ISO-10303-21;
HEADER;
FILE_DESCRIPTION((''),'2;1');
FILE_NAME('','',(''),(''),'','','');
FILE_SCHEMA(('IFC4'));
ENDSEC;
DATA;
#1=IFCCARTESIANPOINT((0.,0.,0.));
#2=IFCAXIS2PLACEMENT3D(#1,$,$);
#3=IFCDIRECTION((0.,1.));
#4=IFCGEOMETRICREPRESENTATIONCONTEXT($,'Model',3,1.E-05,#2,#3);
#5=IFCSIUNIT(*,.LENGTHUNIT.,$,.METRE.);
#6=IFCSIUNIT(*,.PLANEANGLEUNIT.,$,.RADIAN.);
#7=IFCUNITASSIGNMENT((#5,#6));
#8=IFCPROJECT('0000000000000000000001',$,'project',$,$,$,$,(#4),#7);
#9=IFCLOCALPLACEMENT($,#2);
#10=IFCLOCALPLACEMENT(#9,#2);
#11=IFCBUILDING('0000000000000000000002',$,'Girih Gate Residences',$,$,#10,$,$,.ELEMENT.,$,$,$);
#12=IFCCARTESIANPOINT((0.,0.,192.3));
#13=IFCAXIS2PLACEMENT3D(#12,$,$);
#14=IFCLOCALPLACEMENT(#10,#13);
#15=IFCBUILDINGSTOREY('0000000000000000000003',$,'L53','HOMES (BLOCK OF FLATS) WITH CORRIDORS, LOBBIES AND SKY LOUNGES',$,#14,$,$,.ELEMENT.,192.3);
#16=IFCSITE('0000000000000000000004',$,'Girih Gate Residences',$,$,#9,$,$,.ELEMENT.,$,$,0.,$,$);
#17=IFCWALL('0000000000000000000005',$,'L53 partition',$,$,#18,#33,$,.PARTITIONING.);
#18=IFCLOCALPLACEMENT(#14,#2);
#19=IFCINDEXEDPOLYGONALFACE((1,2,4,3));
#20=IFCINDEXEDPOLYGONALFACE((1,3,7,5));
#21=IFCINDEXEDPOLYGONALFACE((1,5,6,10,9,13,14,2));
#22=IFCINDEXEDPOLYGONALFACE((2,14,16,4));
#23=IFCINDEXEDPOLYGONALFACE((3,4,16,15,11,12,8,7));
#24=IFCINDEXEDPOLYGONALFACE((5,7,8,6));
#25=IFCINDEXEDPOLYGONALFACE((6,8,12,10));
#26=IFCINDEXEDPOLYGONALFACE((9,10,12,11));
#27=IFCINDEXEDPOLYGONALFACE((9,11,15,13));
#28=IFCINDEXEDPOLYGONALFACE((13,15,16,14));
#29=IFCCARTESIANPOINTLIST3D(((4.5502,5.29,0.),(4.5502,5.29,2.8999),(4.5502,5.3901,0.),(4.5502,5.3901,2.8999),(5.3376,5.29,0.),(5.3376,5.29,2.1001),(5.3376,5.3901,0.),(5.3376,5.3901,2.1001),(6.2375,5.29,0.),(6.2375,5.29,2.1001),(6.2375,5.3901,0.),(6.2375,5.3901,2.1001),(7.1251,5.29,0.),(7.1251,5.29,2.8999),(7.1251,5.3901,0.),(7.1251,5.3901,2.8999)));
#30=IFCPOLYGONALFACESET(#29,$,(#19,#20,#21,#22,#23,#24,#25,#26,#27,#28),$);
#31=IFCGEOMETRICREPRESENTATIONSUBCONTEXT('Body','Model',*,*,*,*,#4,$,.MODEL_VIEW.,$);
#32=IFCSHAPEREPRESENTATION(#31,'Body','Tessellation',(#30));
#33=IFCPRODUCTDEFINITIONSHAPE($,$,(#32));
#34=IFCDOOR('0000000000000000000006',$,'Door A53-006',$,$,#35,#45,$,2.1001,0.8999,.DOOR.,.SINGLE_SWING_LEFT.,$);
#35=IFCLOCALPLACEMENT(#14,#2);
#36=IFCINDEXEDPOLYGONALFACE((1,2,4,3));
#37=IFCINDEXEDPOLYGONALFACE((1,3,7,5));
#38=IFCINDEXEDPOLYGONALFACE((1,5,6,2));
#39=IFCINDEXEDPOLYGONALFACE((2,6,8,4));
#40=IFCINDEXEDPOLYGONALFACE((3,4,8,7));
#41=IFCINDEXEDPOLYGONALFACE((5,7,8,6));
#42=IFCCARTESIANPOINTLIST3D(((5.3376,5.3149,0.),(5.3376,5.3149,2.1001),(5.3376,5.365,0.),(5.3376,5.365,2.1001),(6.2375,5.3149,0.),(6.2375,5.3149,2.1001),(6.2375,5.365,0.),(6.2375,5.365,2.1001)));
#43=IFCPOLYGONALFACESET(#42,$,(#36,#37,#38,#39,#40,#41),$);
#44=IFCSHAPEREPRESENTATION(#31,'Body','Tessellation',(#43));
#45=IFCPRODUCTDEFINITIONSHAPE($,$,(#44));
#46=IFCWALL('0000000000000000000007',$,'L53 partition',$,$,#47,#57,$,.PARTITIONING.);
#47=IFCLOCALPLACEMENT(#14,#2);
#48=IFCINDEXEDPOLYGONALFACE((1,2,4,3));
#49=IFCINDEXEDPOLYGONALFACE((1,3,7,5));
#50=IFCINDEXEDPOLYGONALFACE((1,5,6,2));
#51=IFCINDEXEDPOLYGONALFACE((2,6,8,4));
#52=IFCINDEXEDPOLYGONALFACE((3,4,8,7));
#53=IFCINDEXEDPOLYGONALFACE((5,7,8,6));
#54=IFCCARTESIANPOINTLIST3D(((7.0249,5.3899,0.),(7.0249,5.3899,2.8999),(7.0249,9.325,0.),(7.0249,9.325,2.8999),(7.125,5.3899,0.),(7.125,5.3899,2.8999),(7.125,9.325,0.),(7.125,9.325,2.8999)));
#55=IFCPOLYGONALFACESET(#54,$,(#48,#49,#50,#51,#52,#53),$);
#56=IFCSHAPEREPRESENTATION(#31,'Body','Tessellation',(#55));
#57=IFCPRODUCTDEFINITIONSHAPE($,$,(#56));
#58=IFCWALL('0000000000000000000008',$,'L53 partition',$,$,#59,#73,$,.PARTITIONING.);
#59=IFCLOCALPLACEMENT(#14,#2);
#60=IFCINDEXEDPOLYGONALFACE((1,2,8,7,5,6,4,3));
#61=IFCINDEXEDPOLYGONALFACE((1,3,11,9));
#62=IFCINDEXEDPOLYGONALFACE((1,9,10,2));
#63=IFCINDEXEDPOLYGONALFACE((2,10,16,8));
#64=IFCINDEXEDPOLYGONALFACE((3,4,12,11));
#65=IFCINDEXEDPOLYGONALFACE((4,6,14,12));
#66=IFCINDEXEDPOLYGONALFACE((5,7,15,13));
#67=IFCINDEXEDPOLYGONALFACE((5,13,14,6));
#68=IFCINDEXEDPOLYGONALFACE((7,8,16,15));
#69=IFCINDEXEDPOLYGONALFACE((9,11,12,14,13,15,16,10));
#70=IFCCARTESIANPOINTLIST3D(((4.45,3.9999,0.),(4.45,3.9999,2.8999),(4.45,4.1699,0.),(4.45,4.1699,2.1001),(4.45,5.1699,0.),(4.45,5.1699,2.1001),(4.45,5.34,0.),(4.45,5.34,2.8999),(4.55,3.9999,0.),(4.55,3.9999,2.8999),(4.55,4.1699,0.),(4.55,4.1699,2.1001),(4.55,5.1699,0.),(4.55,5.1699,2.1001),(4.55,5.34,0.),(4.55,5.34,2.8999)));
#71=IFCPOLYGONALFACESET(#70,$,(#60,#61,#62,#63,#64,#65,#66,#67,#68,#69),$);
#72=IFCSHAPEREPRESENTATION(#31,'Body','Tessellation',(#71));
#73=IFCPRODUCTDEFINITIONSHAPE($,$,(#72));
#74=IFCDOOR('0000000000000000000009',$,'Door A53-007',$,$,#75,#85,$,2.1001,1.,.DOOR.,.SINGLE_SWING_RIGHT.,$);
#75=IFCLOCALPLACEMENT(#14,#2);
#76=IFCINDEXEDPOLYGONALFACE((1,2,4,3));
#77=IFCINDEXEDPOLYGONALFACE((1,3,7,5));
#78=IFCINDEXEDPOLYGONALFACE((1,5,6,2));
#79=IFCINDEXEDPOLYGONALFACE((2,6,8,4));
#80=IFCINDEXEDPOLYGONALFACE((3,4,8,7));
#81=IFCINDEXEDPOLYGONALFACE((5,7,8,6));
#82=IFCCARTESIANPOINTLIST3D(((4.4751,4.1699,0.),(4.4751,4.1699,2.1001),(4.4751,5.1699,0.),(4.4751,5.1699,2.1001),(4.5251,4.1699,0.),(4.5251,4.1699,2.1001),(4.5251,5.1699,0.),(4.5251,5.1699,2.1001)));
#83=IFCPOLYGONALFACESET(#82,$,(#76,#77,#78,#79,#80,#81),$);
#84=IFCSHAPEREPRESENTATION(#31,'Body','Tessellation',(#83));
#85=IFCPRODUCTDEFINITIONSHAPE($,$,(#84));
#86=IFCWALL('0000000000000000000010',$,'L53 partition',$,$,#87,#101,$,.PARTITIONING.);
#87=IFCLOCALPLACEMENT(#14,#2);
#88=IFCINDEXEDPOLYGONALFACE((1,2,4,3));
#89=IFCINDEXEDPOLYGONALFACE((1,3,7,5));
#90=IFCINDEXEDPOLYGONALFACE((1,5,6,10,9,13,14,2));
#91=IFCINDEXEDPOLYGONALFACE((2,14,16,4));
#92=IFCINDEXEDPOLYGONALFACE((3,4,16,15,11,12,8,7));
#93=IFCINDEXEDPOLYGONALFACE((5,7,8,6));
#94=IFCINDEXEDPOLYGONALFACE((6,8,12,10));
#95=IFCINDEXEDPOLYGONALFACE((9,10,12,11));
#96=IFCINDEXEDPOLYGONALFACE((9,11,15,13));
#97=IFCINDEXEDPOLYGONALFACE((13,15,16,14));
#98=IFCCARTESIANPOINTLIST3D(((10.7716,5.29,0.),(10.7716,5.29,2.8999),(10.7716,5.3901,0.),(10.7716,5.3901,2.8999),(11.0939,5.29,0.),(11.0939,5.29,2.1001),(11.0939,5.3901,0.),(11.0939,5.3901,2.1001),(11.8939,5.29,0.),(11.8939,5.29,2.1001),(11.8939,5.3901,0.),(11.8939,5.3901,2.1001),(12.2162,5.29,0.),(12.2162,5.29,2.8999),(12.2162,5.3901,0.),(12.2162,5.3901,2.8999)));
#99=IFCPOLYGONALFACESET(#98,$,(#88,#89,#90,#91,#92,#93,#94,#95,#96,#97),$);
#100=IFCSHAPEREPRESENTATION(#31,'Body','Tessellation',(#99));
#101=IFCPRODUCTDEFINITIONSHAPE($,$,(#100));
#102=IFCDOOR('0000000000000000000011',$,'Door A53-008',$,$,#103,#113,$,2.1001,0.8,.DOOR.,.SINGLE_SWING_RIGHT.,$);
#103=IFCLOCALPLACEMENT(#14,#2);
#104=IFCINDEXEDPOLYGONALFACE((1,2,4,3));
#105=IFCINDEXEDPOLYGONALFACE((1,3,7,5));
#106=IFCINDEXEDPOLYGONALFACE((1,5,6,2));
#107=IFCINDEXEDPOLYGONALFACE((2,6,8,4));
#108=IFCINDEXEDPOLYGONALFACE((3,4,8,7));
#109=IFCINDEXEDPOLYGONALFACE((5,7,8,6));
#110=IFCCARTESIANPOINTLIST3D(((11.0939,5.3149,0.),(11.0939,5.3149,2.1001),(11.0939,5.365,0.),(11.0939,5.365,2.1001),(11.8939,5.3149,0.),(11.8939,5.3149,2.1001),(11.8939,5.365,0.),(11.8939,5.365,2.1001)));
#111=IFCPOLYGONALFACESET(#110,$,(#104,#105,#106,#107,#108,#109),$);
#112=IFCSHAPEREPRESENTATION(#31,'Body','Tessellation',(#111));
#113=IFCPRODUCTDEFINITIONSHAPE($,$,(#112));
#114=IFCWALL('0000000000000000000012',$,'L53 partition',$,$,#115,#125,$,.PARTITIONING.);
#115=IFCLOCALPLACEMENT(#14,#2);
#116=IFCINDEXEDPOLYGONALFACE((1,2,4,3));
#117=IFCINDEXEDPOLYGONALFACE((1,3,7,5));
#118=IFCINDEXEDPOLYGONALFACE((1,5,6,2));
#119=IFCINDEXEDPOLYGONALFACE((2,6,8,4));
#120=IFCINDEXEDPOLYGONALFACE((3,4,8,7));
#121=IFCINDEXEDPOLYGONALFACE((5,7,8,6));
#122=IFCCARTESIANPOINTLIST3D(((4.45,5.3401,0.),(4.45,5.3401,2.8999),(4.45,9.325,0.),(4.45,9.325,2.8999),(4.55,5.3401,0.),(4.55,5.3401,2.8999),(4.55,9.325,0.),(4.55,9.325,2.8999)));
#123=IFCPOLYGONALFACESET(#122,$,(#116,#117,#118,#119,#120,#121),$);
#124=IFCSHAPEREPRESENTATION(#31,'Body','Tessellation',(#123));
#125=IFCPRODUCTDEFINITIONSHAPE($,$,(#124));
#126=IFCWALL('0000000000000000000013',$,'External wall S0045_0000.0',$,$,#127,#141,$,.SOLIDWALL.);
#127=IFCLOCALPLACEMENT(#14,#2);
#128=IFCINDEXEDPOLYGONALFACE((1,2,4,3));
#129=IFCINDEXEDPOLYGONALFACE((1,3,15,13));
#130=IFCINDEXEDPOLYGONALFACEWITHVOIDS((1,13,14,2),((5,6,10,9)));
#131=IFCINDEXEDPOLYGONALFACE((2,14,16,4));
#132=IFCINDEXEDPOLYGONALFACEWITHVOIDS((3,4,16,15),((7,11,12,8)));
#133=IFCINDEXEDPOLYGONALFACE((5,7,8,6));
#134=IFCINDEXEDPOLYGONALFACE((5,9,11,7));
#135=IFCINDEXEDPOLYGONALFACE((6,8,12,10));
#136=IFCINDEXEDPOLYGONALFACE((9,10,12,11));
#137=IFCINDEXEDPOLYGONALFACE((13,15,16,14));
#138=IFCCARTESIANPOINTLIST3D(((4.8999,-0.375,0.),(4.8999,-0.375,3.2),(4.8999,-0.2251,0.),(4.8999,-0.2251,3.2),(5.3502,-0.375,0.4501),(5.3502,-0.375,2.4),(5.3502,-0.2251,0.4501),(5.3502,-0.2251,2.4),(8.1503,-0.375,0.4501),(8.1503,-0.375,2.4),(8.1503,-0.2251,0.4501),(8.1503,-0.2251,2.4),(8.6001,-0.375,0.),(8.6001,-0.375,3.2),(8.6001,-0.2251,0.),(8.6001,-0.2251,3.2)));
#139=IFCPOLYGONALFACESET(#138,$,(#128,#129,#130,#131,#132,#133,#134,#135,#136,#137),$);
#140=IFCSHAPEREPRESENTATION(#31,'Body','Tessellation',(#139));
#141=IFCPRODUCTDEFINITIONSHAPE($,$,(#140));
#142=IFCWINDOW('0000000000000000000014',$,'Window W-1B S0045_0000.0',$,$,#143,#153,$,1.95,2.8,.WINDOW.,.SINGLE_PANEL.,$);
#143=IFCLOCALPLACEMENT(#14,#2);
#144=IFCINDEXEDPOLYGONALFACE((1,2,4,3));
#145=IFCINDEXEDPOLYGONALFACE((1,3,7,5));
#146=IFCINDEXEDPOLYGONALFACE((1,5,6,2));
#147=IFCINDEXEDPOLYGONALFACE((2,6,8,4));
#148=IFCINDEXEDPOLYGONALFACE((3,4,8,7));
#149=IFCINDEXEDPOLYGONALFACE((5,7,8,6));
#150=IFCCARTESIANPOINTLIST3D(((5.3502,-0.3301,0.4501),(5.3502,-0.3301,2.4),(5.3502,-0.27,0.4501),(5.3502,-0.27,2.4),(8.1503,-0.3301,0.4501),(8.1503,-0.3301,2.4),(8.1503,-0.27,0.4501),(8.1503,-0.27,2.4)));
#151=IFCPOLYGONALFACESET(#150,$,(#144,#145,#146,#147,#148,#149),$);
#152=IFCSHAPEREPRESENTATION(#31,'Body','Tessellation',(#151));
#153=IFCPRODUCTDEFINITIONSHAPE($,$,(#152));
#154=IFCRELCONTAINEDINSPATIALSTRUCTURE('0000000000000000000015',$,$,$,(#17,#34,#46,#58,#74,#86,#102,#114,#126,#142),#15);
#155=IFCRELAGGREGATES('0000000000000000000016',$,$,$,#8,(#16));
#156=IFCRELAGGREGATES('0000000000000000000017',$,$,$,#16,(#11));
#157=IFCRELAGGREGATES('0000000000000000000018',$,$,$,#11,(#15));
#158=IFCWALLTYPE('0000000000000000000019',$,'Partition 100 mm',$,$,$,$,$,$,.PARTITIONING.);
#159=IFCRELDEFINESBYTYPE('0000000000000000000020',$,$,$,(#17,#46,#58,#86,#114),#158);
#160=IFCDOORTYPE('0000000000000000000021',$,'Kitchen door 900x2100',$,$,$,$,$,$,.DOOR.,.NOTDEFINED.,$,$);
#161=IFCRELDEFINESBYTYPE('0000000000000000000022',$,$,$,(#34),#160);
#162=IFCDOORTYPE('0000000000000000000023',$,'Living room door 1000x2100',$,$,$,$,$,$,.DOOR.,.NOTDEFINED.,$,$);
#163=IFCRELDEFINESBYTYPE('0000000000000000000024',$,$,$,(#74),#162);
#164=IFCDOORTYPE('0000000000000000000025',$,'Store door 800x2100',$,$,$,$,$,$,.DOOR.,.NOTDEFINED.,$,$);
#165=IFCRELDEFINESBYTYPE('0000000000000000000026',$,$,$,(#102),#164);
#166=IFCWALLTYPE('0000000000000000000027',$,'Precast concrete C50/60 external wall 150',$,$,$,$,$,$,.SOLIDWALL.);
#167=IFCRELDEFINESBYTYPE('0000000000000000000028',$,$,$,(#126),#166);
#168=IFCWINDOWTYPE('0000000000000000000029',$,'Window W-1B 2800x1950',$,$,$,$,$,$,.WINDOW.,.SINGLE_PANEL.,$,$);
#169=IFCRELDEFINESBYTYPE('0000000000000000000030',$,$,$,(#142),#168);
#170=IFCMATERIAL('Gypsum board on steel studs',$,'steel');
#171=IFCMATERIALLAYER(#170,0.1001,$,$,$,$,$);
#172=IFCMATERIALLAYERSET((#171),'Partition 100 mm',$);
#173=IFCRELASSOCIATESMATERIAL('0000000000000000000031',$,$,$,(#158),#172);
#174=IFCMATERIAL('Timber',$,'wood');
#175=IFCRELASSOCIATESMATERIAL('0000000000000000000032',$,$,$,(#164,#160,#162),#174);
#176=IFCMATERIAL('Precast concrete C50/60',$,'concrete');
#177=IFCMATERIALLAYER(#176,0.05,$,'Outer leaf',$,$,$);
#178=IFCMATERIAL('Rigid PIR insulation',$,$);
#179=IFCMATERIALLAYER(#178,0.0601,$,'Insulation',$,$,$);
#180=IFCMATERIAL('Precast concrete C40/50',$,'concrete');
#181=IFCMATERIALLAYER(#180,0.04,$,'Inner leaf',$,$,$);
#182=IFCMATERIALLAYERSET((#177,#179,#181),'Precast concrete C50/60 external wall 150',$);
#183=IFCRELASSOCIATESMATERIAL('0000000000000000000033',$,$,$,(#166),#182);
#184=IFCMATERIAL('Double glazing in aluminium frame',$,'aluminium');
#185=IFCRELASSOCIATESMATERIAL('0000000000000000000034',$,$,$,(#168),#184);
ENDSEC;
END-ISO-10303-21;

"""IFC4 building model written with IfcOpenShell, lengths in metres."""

from ifc_helpers import new_model, si_unit, direction, frame, frame_2d, origin, place, context, subcontext, project, spatial, rectangle, extrude, material, layer, layer_set, type_object, element, fill, save


model = new_model("IFC4")

# Units and contexts
model_context = context("Model", 3, precision=1e-05, world=origin(), true_north=direction((0.0, 1.0)))
body_context = subcontext(model_context, "Body", "Model", "MODEL_VIEW")
ifc_project = project(units=[si_unit("LENGTHUNIT", "METRE"), si_unit("PLANEANGLEUNIT", "RADIAN")], contexts=[model_context])

# Site, building, storey
site_placement = place(None, origin())
site = spatial("IfcSite", under=ifc_project, at=site_placement, Name="Girih Gate Residences", CompositionType="ELEMENT", RefElevation=0.0)
building_placement = place(site_placement, origin())
building = spatial("IfcBuilding", under=site, at=building_placement, Name="Girih Gate Residences", CompositionType="ELEMENT")
storey_placement = place(building_placement, frame((0.0, 0.0, 192.3)))
storey = spatial("IfcBuildingStorey", under=building, at=storey_placement, Name="L53", Description="HOMES (BLOCK OF FLATS) WITH CORRIDORS, LOBBIES AND SKY LOUNGES", CompositionType="ELEMENT", Elevation=192.3)

# Shared definitions
ifc_material_1 = material(Name="Gypsum board on steel studs", Category="steel")
ifc_layer_1 = layer(ifc_material_1, 0.1001)
ifc_layer_set_1 = layer_set([ifc_layer_1], Name="Partition 100 mm")
wall_type_1 = type_object("IfcWallType", Name="Partition 100 mm", PredefinedType="PARTITIONING", material=ifc_layer_set_1)

# Shared definitions
ifc_material_2 = material(Name="Timber", Category="wood")

# Shared definitions
door_type_1 = type_object("IfcDoorType", Name="Store door 800x2100", OperationType="NOTDEFINED", PredefinedType="DOOR", material=ifc_material_2)

# Wall, opening, door
wall_1_placement = place(storey_placement, frame((4.55, 5.3401, 0.0), z_axis=(0.0, 0.0, 1.0), x_axis=(1.0, 0.0, 0.0)))
wall_1 = element("IfcWall", 1, at=wall_1_placement, inside=storey, type_object=wall_type_1, Name="L53 partition", PredefinedType="PARTITIONING", context=body_context, shape_type="SweptSolid", body=[
    extrude(rectangle(XDim=2.575, YDim=0.1001, at=frame_2d((1.2876, 0.0))), origin(), (0.0, 0.0, 1.0), 2.8999),
])
opening_1_placement = place(wall_1_placement, frame((0.7876, 0.0, 0.0)))
opening_1 = element("IfcOpeningElement", 2, at=opening_1_placement, cuts=wall_1, PredefinedType="OPENING", context=body_context, shape_type="SweptSolid", body=[
    extrude(rectangle(XDim=0.8999, YDim=2.1001, at=frame_2d((0.45, 1.05))), frame((0.0, 0.0601, 0.0), z_axis=(0.0, -1.0, 0.0), x_axis=(1.0, 0.0, 0.0)), (0.0, 0.0, 1.0), 0.1201),
])
door_type_2 = type_object("IfcDoorType", Name="Kitchen door 900x2100", OperationType="NOTDEFINED", PredefinedType="DOOR", material=ifc_material_2)
door_1_placement = place(opening_1_placement, origin())
door_1 = element("IfcDoor", 3, at=door_1_placement, inside=storey, type_object=door_type_2, Name="Door A53-006", OperationType="SINGLE_SWING_LEFT", OverallHeight=2.1001, OverallWidth=0.8999, PredefinedType="DOOR", context=body_context, shape_type="SweptSolid", body=[
    extrude(rectangle(XDim=0.8999, YDim=2.1001, at=frame_2d((0.45, 1.05))), frame((0.0, 0.0249, 0.0), z_axis=(0.0, -1.0, 0.0), x_axis=(1.0, 0.0, 0.0)), (0.0, 0.0, 1.0), 0.05),
])
fill(opening_1, door_1)

# Wall
wall_2_placement = place(storey_placement, frame((7.075, 5.3899, 0.0), z_axis=(0.0, 0.0, 1.0), x_axis=(0.0, 1.0, 0.0)))
element("IfcWall", 4, at=wall_2_placement, inside=storey, type_object=wall_type_1, Name="L53 partition", PredefinedType="PARTITIONING", context=body_context, shape_type="SweptSolid", body=[
    extrude(rectangle(XDim=3.9351, YDim=0.1001, at=frame_2d((1.9675, 0.0))), origin(), (0.0, 0.0, 1.0), 2.8999),
])

# Walls, openings, doors
wall_3_placement = place(storey_placement, frame((4.5, 4.0, 0.0), z_axis=(0.0, 0.0, 1.0), x_axis=(0.0, 1.0, 0.0)))
wall_3 = element("IfcWall", 5, at=wall_3_placement, inside=storey, type_object=wall_type_1, Name="L53 partition", PredefinedType="PARTITIONING", context=body_context, shape_type="SweptSolid", body=[
    extrude(rectangle(XDim=1.3401, YDim=0.1001, at=frame_2d((0.6699, 0.0))), origin(), (0.0, 0.0, 1.0), 2.8999),
])
opening_2_placement = place(wall_3_placement, frame((0.1699, 0.0, 0.0)))
opening_2 = element("IfcOpeningElement", 6, at=opening_2_placement, cuts=wall_3, PredefinedType="OPENING", context=body_context, shape_type="SweptSolid", body=[
    extrude(rectangle(XDim=1.0, YDim=2.1001, at=frame_2d((0.5, 1.05))), frame((0.0, 0.0601, 0.0), z_axis=(0.0, -1.0, 0.0), x_axis=(1.0, 0.0, 0.0)), (0.0, 0.0, 1.0), 0.1201),
])
door_type_3 = type_object("IfcDoorType", Name="Living room door 1000x2100", OperationType="NOTDEFINED", PredefinedType="DOOR", material=ifc_material_2)
door_2_placement = place(opening_2_placement, origin())
door_2 = element("IfcDoor", 7, at=door_2_placement, inside=storey, type_object=door_type_3, Name="Door A53-007", OperationType="SINGLE_SWING_RIGHT", OverallHeight=2.1001, OverallWidth=1.0, PredefinedType="DOOR", context=body_context, shape_type="SweptSolid", body=[
    extrude(rectangle(XDim=1.0, YDim=2.1001, at=frame_2d((0.5, 1.05))), frame((0.0, 0.0249, 0.0), z_axis=(0.0, -1.0, 0.0), x_axis=(1.0, 0.0, 0.0)), (0.0, 0.0, 1.0), 0.05),
])
fill(opening_2, door_2)
wall_4_placement = place(storey_placement, frame((10.7717, 5.3401, 0.0), z_axis=(0.0, 0.0, 1.0), x_axis=(1.0, 0.0, 0.0)))
wall_4 = element("IfcWall", 8, at=wall_4_placement, inside=storey, type_object=wall_type_1, Name="L53 partition", PredefinedType="PARTITIONING", context=body_context, shape_type="SweptSolid", body=[
    extrude(rectangle(XDim=1.4446, YDim=0.1001, at=frame_2d((0.7222, 0.0))), origin(), (0.0, 0.0, 1.0), 2.8999),
])
opening_3_placement = place(wall_4_placement, frame((0.3223, 0.0, 0.0)))
opening_3 = element("IfcOpeningElement", 9, at=opening_3_placement, cuts=wall_4, PredefinedType="OPENING", context=body_context, shape_type="SweptSolid", body=[
    extrude(rectangle(XDim=0.8, YDim=2.1001, at=frame_2d((0.3999, 1.05))), frame((0.0, 0.0601, 0.0), z_axis=(0.0, -1.0, 0.0), x_axis=(1.0, 0.0, 0.0)), (0.0, 0.0, 1.0), 0.1201),
])
door_3_placement = place(opening_3_placement, origin())
door_3 = element("IfcDoor", 10, at=door_3_placement, inside=storey, type_object=door_type_1, Name="Door A53-008", OperationType="SINGLE_SWING_RIGHT", OverallHeight=2.1001, OverallWidth=0.8, PredefinedType="DOOR", context=body_context, shape_type="SweptSolid", body=[
    extrude(rectangle(XDim=0.8, YDim=2.1001, at=frame_2d((0.3999, 1.05))), frame((0.0, 0.0249, 0.0), z_axis=(0.0, -1.0, 0.0), x_axis=(1.0, 0.0, 0.0)), (0.0, 0.0, 1.0), 0.05),
])
fill(opening_3, door_3)

# Wall
wall_5_placement = place(storey_placement, frame((4.5, 5.3401, 0.0), z_axis=(0.0, 0.0, 1.0), x_axis=(0.0, 1.0, 0.0)))
element("IfcWall", 11, at=wall_5_placement, inside=storey, type_object=wall_type_1, Name="L53 partition", PredefinedType="PARTITIONING", context=body_context, shape_type="SweptSolid", body=[
    extrude(rectangle(XDim=3.9849, YDim=0.1001, at=frame_2d((1.9924, 0.0))), origin(), (0.0, 0.0, 1.0), 2.8999),
])

# Wall, opening, window
ifc_material_3 = material(Name="Precast concrete C50/60", Category="concrete")
ifc_layer_2 = layer(ifc_material_3, 0.05, Name="Outer leaf")
ifc_material_4 = material(Name="Rigid PIR insulation")
ifc_layer_3 = layer(ifc_material_4, 0.0601, Name="Insulation")
ifc_material_5 = material(Name="Precast concrete C40/50", Category="concrete")
ifc_layer_4 = layer(ifc_material_5, 0.04, Name="Inner leaf")
ifc_layer_set_2 = layer_set([ifc_layer_2, ifc_layer_3, ifc_layer_4], Name="Precast concrete C50/60 external wall 150")
wall_type_2 = type_object("IfcWallType", Name="Precast concrete C50/60 external wall 150", PredefinedType="SOLIDWALL", material=ifc_layer_set_2)
wall_6_placement = place(storey_placement, frame((8.6001, -0.3, 0.0), z_axis=(0.0, 0.0, 1.0), x_axis=(-1.0, 0.0, 0.0)))
wall_6 = element("IfcWall", 12, at=wall_6_placement, inside=storey, type_object=wall_type_2, Name="External wall S0045_0000.0", PredefinedType="SOLIDWALL", context=body_context, shape_type="SweptSolid", body=[
    extrude(rectangle(XDim=3.7002, YDim=0.1499, at=frame_2d((1.8501, 0.0))), origin(), (0.0, 0.0, 1.0), 3.2),
])
opening_4_placement = place(wall_6_placement, frame((0.45, 0.0, 0.45)))
opening_4 = element("IfcOpeningElement", 13, at=opening_4_placement, cuts=wall_6, PredefinedType="OPENING", context=body_context, shape_type="SweptSolid", body=[
    extrude(rectangle(XDim=2.8, YDim=1.95, at=frame_2d((1.3999, 0.9751))), frame((0.0, 0.085, 0.0), z_axis=(0.0, -1.0, 0.0), x_axis=(1.0, 0.0, 0.0)), (0.0, 0.0, 1.0), 0.1699),
])
ifc_material_6 = material(Name="Double glazing in aluminium frame", Category="aluminium")
window_type = type_object("IfcWindowType", Name="Window W-1B 2800x1950", PartitioningType="SINGLE_PANEL", PredefinedType="WINDOW", material=ifc_material_6)
window_1_placement = place(opening_4_placement, origin())
window_1 = element("IfcWindow", 14, at=window_1_placement, inside=storey, type_object=window_type, Name="Window W-1B S0045_0000.0", OverallHeight=1.95, OverallWidth=2.8, PartitioningType="SINGLE_PANEL", PredefinedType="WINDOW", context=body_context, shape_type="SweptSolid", body=[
    extrude(rectangle(XDim=2.8, YDim=1.95, at=frame_2d((1.3999, 0.9751))), frame((0.0, 0.03, 0.0), z_axis=(0.0, -1.0, 0.0), x_axis=(1.0, 0.0, 0.0)), (0.0, 0.0, 1.0), 0.0601),
])
fill(opening_4, window_1)

save(model, "model.ifc")
